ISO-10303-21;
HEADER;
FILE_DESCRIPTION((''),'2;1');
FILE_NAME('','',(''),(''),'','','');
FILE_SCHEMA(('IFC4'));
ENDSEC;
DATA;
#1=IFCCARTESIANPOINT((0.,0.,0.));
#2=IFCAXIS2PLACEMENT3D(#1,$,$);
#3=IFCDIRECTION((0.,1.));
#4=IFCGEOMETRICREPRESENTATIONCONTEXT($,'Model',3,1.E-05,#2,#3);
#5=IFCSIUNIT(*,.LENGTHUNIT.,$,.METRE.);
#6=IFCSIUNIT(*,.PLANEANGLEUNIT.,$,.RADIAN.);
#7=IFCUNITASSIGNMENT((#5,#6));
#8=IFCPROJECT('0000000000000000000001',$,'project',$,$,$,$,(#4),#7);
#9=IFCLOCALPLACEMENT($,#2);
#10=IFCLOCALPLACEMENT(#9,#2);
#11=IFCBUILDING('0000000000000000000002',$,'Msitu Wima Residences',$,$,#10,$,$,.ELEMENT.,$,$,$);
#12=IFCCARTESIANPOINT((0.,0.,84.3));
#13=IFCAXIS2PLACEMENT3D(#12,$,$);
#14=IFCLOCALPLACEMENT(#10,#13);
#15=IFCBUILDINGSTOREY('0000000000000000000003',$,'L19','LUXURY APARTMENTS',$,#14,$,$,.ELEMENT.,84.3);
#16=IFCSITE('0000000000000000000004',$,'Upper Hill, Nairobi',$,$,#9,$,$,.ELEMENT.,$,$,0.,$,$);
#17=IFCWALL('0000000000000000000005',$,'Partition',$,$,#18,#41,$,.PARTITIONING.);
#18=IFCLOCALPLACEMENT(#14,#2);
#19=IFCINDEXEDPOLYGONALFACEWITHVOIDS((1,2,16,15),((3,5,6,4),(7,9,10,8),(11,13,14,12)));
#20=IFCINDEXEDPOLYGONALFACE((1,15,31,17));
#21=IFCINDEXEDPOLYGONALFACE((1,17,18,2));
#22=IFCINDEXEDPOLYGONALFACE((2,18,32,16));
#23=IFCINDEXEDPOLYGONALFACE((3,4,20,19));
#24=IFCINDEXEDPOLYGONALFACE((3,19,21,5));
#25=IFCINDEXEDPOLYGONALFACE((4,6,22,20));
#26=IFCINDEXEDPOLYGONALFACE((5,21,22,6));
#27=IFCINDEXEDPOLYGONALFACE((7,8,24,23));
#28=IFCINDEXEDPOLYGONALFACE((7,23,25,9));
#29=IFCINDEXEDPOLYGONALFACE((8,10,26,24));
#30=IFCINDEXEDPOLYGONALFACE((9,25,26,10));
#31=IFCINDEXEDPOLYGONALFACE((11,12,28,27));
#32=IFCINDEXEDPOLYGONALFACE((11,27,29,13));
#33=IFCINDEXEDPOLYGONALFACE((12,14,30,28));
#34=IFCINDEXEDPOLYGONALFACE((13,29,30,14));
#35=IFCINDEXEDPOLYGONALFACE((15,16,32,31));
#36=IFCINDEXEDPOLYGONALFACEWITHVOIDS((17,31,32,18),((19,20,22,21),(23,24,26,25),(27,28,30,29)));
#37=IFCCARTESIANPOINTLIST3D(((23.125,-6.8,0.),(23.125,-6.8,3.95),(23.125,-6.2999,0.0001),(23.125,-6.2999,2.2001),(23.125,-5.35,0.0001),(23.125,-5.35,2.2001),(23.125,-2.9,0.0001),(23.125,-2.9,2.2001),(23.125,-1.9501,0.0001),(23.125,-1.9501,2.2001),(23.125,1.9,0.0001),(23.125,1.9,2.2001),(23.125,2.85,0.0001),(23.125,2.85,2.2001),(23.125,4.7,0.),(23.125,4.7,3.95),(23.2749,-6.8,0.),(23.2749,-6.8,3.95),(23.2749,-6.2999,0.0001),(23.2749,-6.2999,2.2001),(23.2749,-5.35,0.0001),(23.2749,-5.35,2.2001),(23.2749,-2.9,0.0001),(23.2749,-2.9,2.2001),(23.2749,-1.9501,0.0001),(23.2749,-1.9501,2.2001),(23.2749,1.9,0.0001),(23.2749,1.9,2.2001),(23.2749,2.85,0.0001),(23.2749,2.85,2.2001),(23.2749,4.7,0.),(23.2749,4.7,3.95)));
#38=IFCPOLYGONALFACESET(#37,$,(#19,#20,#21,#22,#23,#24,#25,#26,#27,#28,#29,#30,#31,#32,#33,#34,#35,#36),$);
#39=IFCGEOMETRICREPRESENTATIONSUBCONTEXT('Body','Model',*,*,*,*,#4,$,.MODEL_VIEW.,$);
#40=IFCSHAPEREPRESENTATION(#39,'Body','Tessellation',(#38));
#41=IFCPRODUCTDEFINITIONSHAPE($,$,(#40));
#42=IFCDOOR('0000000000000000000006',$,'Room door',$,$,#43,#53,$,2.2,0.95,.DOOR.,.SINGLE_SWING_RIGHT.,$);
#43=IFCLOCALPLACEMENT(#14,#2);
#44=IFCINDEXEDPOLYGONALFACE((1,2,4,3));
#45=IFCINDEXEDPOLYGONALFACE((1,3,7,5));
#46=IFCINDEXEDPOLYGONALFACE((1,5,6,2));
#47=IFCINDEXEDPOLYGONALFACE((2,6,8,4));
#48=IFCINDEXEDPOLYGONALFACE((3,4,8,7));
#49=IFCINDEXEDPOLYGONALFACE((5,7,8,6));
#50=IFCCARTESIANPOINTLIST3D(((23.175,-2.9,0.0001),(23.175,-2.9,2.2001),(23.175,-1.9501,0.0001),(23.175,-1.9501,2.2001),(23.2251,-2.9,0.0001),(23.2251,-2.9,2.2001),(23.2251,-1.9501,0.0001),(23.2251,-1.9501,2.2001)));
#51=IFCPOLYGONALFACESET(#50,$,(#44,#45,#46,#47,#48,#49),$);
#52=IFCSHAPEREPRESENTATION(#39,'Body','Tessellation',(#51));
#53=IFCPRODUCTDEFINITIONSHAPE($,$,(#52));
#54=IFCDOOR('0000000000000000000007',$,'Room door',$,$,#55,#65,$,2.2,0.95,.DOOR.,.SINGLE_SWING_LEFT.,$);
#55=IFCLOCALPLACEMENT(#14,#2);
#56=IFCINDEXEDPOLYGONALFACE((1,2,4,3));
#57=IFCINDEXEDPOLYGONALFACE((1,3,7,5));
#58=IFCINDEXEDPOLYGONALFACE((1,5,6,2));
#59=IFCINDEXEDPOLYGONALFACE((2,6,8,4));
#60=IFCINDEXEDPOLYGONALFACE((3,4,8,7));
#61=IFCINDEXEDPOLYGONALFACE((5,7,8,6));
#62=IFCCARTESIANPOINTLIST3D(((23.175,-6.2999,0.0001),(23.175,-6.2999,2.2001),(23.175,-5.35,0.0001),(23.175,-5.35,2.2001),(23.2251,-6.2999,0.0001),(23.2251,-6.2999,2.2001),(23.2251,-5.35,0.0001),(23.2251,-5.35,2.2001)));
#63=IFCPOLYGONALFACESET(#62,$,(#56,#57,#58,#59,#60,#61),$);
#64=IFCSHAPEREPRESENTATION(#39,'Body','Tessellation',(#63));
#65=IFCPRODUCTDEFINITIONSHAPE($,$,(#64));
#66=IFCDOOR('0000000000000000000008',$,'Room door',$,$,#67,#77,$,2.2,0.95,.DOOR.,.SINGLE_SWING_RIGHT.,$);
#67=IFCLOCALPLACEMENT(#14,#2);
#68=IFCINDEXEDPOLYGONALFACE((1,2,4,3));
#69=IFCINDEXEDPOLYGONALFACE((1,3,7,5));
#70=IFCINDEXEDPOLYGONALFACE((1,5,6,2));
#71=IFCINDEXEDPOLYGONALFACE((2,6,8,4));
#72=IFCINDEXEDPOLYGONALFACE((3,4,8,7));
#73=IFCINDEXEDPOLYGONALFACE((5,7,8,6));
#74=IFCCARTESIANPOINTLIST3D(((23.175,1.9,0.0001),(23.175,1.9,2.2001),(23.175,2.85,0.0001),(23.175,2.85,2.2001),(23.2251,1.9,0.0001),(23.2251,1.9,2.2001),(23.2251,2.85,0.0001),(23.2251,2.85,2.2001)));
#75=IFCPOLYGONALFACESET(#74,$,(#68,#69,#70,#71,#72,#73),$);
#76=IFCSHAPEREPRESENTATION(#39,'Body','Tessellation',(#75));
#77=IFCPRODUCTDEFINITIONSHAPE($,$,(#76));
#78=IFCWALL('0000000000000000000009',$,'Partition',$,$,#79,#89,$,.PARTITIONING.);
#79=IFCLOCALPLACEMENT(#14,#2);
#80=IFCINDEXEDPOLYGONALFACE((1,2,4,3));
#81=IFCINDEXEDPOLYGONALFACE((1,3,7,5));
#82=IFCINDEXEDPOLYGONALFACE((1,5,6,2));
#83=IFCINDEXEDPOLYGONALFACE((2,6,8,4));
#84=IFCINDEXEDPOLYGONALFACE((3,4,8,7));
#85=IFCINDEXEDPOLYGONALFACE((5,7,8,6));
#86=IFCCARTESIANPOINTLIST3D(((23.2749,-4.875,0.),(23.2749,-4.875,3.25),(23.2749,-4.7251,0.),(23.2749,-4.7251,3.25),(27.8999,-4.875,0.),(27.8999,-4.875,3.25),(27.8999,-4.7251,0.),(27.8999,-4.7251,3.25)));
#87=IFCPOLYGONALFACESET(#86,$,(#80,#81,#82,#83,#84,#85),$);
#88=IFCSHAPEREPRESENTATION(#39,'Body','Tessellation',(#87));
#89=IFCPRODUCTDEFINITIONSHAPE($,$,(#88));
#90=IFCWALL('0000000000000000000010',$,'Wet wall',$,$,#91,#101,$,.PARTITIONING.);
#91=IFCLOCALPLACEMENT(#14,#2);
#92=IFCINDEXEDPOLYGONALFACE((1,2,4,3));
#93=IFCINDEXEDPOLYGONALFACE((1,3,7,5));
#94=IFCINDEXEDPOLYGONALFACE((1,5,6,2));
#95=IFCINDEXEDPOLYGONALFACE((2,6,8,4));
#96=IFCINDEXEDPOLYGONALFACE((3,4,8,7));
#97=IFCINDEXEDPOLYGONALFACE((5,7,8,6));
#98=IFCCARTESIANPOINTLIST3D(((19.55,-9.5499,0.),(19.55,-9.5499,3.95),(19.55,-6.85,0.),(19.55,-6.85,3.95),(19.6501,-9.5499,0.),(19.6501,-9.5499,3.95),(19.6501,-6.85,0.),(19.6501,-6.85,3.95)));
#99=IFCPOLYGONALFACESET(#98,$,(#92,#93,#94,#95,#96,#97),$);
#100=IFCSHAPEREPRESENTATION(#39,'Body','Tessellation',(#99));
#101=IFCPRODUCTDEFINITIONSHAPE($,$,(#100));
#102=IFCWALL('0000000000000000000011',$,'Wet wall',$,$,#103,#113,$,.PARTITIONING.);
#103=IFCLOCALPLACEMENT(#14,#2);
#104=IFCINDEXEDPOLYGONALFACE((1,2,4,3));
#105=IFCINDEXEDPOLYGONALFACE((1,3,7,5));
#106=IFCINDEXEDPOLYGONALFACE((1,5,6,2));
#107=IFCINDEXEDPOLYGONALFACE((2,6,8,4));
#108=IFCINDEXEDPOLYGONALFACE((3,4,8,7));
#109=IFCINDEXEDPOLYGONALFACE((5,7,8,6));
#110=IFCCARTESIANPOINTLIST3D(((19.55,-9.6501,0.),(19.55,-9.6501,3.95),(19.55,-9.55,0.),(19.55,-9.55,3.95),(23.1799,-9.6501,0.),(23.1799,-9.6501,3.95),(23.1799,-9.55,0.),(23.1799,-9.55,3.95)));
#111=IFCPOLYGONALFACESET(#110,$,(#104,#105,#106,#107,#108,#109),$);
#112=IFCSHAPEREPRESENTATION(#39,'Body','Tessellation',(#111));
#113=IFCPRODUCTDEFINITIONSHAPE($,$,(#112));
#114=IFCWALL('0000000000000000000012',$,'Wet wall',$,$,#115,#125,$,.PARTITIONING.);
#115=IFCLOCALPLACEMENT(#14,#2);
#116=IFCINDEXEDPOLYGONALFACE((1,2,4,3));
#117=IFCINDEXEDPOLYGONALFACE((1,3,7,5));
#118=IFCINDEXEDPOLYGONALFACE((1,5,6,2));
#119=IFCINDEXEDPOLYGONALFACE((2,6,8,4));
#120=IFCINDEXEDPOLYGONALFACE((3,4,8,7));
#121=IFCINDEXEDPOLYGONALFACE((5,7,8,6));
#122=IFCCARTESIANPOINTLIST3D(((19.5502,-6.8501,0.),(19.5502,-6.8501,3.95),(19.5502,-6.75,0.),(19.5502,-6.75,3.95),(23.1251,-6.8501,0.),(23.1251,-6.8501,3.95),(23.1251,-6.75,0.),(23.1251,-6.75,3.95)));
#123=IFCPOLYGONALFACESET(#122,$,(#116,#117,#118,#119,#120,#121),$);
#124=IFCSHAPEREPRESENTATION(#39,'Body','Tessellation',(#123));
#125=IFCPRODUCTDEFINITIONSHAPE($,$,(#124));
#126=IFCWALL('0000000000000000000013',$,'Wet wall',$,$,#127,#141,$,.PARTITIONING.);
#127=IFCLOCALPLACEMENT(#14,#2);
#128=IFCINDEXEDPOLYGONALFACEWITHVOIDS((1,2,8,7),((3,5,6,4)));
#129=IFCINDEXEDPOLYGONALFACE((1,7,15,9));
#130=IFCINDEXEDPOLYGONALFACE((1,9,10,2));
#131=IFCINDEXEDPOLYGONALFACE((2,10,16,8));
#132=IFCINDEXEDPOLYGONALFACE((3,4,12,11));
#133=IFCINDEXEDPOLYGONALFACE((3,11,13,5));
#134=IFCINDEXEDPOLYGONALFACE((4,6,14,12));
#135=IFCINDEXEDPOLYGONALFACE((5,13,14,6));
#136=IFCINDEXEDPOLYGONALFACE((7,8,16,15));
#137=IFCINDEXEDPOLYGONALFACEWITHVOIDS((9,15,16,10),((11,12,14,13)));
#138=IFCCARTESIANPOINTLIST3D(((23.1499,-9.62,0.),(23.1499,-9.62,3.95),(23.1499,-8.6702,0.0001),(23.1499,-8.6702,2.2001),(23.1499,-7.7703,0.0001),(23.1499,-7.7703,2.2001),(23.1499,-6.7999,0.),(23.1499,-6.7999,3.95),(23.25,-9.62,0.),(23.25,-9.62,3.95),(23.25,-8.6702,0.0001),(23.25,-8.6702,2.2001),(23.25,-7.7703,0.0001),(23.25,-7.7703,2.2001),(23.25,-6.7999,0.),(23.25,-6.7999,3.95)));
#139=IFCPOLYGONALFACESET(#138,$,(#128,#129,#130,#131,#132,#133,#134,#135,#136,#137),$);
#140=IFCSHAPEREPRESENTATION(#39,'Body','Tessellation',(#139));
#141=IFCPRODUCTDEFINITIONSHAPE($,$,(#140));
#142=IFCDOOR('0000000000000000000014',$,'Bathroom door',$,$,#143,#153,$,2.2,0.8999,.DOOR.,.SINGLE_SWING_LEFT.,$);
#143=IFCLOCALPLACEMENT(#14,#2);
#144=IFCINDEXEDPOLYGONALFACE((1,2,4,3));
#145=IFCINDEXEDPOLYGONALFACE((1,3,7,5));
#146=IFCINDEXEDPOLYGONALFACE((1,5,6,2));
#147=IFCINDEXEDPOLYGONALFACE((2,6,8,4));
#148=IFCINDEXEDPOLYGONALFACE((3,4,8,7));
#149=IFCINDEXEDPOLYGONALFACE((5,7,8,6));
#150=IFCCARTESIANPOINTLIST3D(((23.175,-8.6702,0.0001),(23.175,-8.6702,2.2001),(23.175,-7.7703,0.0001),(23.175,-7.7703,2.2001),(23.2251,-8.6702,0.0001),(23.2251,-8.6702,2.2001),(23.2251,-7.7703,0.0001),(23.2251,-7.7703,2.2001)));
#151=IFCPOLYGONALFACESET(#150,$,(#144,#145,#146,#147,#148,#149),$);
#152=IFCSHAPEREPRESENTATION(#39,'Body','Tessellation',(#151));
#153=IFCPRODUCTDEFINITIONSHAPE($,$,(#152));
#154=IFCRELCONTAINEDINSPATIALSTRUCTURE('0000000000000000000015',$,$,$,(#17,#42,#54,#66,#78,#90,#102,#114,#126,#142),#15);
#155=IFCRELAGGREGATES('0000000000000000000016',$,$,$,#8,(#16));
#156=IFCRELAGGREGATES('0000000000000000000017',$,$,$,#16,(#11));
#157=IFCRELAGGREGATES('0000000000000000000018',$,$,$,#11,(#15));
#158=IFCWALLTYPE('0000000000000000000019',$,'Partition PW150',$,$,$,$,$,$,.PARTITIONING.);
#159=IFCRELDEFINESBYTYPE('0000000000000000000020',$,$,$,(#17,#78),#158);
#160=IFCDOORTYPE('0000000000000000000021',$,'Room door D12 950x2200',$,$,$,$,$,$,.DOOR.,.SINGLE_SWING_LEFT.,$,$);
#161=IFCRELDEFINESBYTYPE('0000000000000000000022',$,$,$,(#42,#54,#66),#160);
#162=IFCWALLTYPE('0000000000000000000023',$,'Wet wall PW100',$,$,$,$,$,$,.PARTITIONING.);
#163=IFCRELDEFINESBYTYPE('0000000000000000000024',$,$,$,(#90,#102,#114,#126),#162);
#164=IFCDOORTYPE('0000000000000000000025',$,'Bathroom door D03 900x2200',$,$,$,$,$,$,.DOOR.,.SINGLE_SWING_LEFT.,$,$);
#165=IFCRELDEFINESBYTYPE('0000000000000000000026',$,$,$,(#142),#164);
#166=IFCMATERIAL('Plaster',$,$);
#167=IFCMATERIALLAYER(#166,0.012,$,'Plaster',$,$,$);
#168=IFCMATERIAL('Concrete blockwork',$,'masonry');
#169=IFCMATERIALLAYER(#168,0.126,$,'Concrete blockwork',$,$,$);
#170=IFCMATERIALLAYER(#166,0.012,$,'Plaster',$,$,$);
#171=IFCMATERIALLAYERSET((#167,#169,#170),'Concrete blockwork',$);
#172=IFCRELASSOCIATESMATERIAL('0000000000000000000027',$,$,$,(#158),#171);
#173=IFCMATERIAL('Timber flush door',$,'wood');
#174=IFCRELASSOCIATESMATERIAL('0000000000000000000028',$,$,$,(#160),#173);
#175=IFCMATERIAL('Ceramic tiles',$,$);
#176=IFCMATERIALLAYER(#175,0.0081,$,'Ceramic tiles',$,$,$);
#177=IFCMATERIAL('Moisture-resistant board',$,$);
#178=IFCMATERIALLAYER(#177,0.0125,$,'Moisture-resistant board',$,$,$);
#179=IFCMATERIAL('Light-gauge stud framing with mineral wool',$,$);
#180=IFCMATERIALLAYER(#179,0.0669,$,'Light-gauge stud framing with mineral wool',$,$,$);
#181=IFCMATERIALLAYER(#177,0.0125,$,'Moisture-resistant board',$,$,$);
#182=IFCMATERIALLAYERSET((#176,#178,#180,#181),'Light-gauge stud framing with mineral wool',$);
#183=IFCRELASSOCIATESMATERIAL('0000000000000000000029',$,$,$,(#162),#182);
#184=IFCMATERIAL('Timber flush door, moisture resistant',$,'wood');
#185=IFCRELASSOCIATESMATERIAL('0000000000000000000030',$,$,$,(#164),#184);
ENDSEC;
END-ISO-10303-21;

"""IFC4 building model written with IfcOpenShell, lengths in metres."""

from ifc_helpers import new_model, si_unit, direction, frame, frame_2d, origin, place, context, subcontext, project, spatial, rectangle, extrude, material, layer, layer_set, type_object, element, fill, save


model = new_model("IFC4")

# Units and contexts
model_context = context("Model", 3, precision=1e-05, world=origin(), true_north=direction((0.0, 1.0)))
body_context = subcontext(model_context, "Body", "Model", "MODEL_VIEW")
ifc_project = project(units=[si_unit("LENGTHUNIT", "METRE"), si_unit("PLANEANGLEUNIT", "RADIAN")], contexts=[model_context])

# Site, building, storey
site_placement = place(None, origin())
site = spatial("IfcSite", under=ifc_project, at=site_placement, Name="Upper Hill, Nairobi", CompositionType="ELEMENT", RefElevation=0.0)
building_placement = place(site_placement, origin())
building = spatial("IfcBuilding", under=site, at=building_placement, Name="Msitu Wima Residences", CompositionType="ELEMENT")
storey_placement = place(building_placement, frame((0.0, 0.0, 84.3)))
storey = spatial("IfcBuildingStorey", under=building, at=storey_placement, Name="L19", Description="LUXURY APARTMENTS", CompositionType="ELEMENT", Elevation=84.3)

# Shared definitions
ifc_material_1 = material(Name="Plaster")
ifc_layer_1 = layer(ifc_material_1, 0.012, Name="Plaster")
ifc_material_2 = material(Name="Concrete blockwork", Category="masonry")
ifc_layer_2 = layer(ifc_material_2, 0.126, Name="Concrete blockwork")
ifc_layer_3 = layer(ifc_material_1, 0.012, Name="Plaster")
ifc_layer_set_1 = layer_set([ifc_layer_1, ifc_layer_2, ifc_layer_3], Name="Concrete blockwork")
wall_type_1 = type_object("IfcWallType", Name="Partition PW150", PredefinedType="PARTITIONING", material=ifc_layer_set_1)

# Wall, openings, doors
wall_1_placement = place(storey_placement, frame((23.2, -6.8, 0.0), z_axis=(0.0, 0.0, 1.0), x_axis=(0.0, 1.0, 0.0)))
wall_1 = element("IfcWall", 1, at=wall_1_placement, inside=storey, type_object=wall_type_1, Name="Partition", PredefinedType="PARTITIONING", context=body_context, shape_type="SweptSolid", body=[
    extrude(rectangle(XDim=11.5, YDim=0.1499, at=frame_2d((5.75, 0.0))), origin(), (0.0, 0.0, 1.0), 3.95),
])
opening_1_placement = place(wall_1_placement, frame((3.8999, 0.0, 0.0)))
opening_1 = element("IfcOpeningElement", 2, at=opening_1_placement, cuts=wall_1, PredefinedType="OPENING", context=body_context, shape_type="SweptSolid", body=[
    extrude(rectangle(XDim=0.95, YDim=2.2, at=frame_2d((0.4751, 1.1001))), frame((0.0, 0.085, 0.0), z_axis=(0.0, -1.0, 0.0), x_axis=(1.0, 0.0, 0.0)), (0.0, 0.0, 1.0), 0.1699),
])
opening_2_placement = place(wall_1_placement, frame((0.5, 0.0, 0.0)))
opening_2 = element("IfcOpeningElement", 3, at=opening_2_placement, cuts=wall_1, PredefinedType="OPENING", context=body_context, shape_type="SweptSolid", body=[
    extrude(rectangle(XDim=0.95, YDim=2.2, at=frame_2d((0.4751, 1.1001))), frame((0.0, 0.085, 0.0), z_axis=(0.0, -1.0, 0.0), x_axis=(1.0, 0.0, 0.0)), (0.0, 0.0, 1.0), 0.1699),
])
opening_3_placement = place(wall_1_placement, frame((8.7, 0.0, 0.0)))
opening_3 = element("IfcOpeningElement", 4, at=opening_3_placement, cuts=wall_1, PredefinedType="OPENING", context=body_context, shape_type="SweptSolid", body=[
    extrude(rectangle(XDim=0.95, YDim=2.2, at=frame_2d((0.4751, 1.1001))), frame((0.0, 0.085, 0.0), z_axis=(0.0, -1.0, 0.0), x_axis=(1.0, 0.0, 0.0)), (0.0, 0.0, 1.0), 0.1699),
])
ifc_material_3 = material(Name="Timber flush door", Category="wood")
door_type_1 = type_object("IfcDoorType", Name="Room door D12 950x2200", OperationType="SINGLE_SWING_LEFT", PredefinedType="DOOR", material=ifc_material_3)
door_1_placement = place(opening_1_placement, origin())
door_1 = element("IfcDoor", 5, at=door_1_placement, inside=storey, type_object=door_type_1, Name="Room door", OperationType="SINGLE_SWING_RIGHT", OverallHeight=2.2, OverallWidth=0.95, PredefinedType="DOOR", context=body_context, shape_type="SweptSolid", body=[
    extrude(rectangle(XDim=0.95, YDim=2.2, at=frame_2d((0.4751, 1.1001))), frame((0.0, 0.0249, 0.0), z_axis=(0.0, -1.0, 0.0), x_axis=(1.0, 0.0, 0.0)), (0.0, 0.0, 1.0), 0.05),
])
fill(opening_1, door_1)
door_2_placement = place(opening_2_placement, origin())
door_2 = element("IfcDoor", 6, at=door_2_placement, inside=storey, type_object=door_type_1, Name="Room door", OperationType="SINGLE_SWING_LEFT", OverallHeight=2.2, OverallWidth=0.95, PredefinedType="DOOR", context=body_context, shape_type="SweptSolid", body=[
    extrude(rectangle(XDim=0.95, YDim=2.2, at=frame_2d((0.4751, 1.1001))), frame((0.0, 0.0249, 0.0), z_axis=(0.0, -1.0, 0.0), x_axis=(1.0, 0.0, 0.0)), (0.0, 0.0, 1.0), 0.05),
])
fill(opening_2, door_2)
door_3_placement = place(opening_3_placement, origin())
door_3 = element("IfcDoor", 7, at=door_3_placement, inside=storey, type_object=door_type_1, Name="Room door", OperationType="SINGLE_SWING_RIGHT", OverallHeight=2.2, OverallWidth=0.95, PredefinedType="DOOR", context=body_context, shape_type="SweptSolid", body=[
    extrude(rectangle(XDim=0.95, YDim=2.2, at=frame_2d((0.4751, 1.1001))), frame((0.0, 0.0249, 0.0), z_axis=(0.0, -1.0, 0.0), x_axis=(1.0, 0.0, 0.0)), (0.0, 0.0, 1.0), 0.05),
])
fill(opening_3, door_3)

# Walls
wall_2_placement = place(storey_placement, frame((23.2749, -4.8, 0.0), z_axis=(0.0, 0.0, 1.0), x_axis=(1.0, 0.0, 0.0)))
element("IfcWall", 8, at=wall_2_placement, inside=storey, type_object=wall_type_1, Name="Partition", PredefinedType="PARTITIONING", context=body_context, shape_type="SweptSolid", body=[
    extrude(rectangle(XDim=4.625, YDim=0.1499, at=frame_2d((2.3125, 0.0))), origin(), (0.0, 0.0, 1.0), 3.25),
])
ifc_material_4 = material(Name="Ceramic tiles")
ifc_layer_4 = layer(ifc_material_4, 0.0081, Name="Ceramic tiles")
ifc_material_5 = material(Name="Moisture-resistant board")
ifc_layer_5 = layer(ifc_material_5, 0.0125, Name="Moisture-resistant board")
ifc_material_6 = material(Name="Light-gauge stud framing with mineral wool")
ifc_layer_6 = layer(ifc_material_6, 0.0669, Name="Light-gauge stud framing with mineral wool")
ifc_layer_7 = layer(ifc_material_5, 0.0125, Name="Moisture-resistant board")
ifc_layer_set_2 = layer_set([ifc_layer_4, ifc_layer_5, ifc_layer_6, ifc_layer_7], Name="Light-gauge stud framing with mineral wool")
wall_type_2 = type_object("IfcWallType", Name="Wet wall PW100", PredefinedType="PARTITIONING", material=ifc_layer_set_2)
wall_3_placement = place(storey_placement, frame((19.6001, -9.55, 0.0), z_axis=(0.0, 0.0, 1.0), x_axis=(0.0, 1.0, 0.0)))
element("IfcWall", 9, at=wall_3_placement, inside=storey, type_object=wall_type_2, Name="Wet wall", PredefinedType="PARTITIONING", context=body_context, shape_type="SweptSolid", body=[
    extrude(rectangle(XDim=2.7, YDim=0.1001, at=frame_2d((1.3501, 0.0))), origin(), (0.0, 0.0, 1.0), 3.95),
])
wall_4_placement = place(storey_placement, frame((19.55, -9.6001, 0.0), z_axis=(0.0, 0.0, 1.0), x_axis=(1.0, 0.0, 0.0)))
element("IfcWall", 10, at=wall_4_placement, inside=storey, type_object=wall_type_2, Name="Wet wall", PredefinedType="PARTITIONING", context=body_context, shape_type="SweptSolid", body=[
    extrude(rectangle(XDim=3.6299, YDim=0.1001, at=frame_2d((1.8149, 0.0))), origin(), (0.0, 0.0, 1.0), 3.95),
])
wall_5_placement = place(storey_placement, frame((19.55, -6.8, 0.0), z_axis=(0.0, 0.0, 1.0), x_axis=(1.0, 0.0, 0.0)))
element("IfcWall", 11, at=wall_5_placement, inside=storey, type_object=wall_type_2, Name="Wet wall", PredefinedType="PARTITIONING", context=body_context, shape_type="SweptSolid", body=[
    extrude(rectangle(XDim=3.575, YDim=0.1001, at=frame_2d((1.7876, 0.0))), origin(), (0.0, 0.0, 1.0), 3.95),
])

# Wall, opening, door
wall_6_placement = place(storey_placement, frame((23.2, -9.6201, 0.0), z_axis=(0.0, 0.0, 1.0), x_axis=(0.0, 1.0, 0.0)))
wall_6 = element("IfcWall", 12, at=wall_6_placement, inside=storey, type_object=wall_type_2, Name="Wet wall", PredefinedType="PARTITIONING", context=body_context, shape_type="SweptSolid", body=[
    extrude(rectangle(XDim=2.8201, YDim=0.1001, at=frame_2d((1.4102, 0.0))), origin(), (0.0, 0.0, 1.0), 3.95),
])
opening_4_placement = place(wall_6_placement, frame((0.95, 0.0, 0.0)))
opening_4 = element("IfcOpeningElement", 13, at=opening_4_placement, cuts=wall_6, PredefinedType="OPENING", context=body_context, shape_type="SweptSolid", body=[
    extrude(rectangle(XDim=0.8999, YDim=2.2, at=frame_2d((0.45, 1.1001))), frame((0.0, 0.0601, 0.0), z_axis=(0.0, -1.0, 0.0), x_axis=(1.0, 0.0, 0.0)), (0.0, 0.0, 1.0), 0.1201),
])
ifc_material_7 = material(Name="Timber flush door, moisture resistant", Category="wood")
door_type_2 = type_object("IfcDoorType", Name="Bathroom door D03 900x2200", OperationType="SINGLE_SWING_LEFT", PredefinedType="DOOR", material=ifc_material_7)
door_4_placement = place(opening_4_placement, origin())
door_4 = element("IfcDoor", 14, at=door_4_placement, inside=storey, type_object=door_type_2, Name="Bathroom door", OperationType="SINGLE_SWING_LEFT", OverallHeight=2.2, OverallWidth=0.8999, PredefinedType="DOOR", context=body_context, shape_type="SweptSolid", body=[
    extrude(rectangle(XDim=0.8999, YDim=2.2, at=frame_2d((0.45, 1.1001))), frame((0.0, 0.0249, 0.0), z_axis=(0.0, -1.0, 0.0), x_axis=(1.0, 0.0, 0.0)), (0.0, 0.0, 1.0), 0.05),
])
fill(opening_4, door_4)

save(model, "model.ifc")
